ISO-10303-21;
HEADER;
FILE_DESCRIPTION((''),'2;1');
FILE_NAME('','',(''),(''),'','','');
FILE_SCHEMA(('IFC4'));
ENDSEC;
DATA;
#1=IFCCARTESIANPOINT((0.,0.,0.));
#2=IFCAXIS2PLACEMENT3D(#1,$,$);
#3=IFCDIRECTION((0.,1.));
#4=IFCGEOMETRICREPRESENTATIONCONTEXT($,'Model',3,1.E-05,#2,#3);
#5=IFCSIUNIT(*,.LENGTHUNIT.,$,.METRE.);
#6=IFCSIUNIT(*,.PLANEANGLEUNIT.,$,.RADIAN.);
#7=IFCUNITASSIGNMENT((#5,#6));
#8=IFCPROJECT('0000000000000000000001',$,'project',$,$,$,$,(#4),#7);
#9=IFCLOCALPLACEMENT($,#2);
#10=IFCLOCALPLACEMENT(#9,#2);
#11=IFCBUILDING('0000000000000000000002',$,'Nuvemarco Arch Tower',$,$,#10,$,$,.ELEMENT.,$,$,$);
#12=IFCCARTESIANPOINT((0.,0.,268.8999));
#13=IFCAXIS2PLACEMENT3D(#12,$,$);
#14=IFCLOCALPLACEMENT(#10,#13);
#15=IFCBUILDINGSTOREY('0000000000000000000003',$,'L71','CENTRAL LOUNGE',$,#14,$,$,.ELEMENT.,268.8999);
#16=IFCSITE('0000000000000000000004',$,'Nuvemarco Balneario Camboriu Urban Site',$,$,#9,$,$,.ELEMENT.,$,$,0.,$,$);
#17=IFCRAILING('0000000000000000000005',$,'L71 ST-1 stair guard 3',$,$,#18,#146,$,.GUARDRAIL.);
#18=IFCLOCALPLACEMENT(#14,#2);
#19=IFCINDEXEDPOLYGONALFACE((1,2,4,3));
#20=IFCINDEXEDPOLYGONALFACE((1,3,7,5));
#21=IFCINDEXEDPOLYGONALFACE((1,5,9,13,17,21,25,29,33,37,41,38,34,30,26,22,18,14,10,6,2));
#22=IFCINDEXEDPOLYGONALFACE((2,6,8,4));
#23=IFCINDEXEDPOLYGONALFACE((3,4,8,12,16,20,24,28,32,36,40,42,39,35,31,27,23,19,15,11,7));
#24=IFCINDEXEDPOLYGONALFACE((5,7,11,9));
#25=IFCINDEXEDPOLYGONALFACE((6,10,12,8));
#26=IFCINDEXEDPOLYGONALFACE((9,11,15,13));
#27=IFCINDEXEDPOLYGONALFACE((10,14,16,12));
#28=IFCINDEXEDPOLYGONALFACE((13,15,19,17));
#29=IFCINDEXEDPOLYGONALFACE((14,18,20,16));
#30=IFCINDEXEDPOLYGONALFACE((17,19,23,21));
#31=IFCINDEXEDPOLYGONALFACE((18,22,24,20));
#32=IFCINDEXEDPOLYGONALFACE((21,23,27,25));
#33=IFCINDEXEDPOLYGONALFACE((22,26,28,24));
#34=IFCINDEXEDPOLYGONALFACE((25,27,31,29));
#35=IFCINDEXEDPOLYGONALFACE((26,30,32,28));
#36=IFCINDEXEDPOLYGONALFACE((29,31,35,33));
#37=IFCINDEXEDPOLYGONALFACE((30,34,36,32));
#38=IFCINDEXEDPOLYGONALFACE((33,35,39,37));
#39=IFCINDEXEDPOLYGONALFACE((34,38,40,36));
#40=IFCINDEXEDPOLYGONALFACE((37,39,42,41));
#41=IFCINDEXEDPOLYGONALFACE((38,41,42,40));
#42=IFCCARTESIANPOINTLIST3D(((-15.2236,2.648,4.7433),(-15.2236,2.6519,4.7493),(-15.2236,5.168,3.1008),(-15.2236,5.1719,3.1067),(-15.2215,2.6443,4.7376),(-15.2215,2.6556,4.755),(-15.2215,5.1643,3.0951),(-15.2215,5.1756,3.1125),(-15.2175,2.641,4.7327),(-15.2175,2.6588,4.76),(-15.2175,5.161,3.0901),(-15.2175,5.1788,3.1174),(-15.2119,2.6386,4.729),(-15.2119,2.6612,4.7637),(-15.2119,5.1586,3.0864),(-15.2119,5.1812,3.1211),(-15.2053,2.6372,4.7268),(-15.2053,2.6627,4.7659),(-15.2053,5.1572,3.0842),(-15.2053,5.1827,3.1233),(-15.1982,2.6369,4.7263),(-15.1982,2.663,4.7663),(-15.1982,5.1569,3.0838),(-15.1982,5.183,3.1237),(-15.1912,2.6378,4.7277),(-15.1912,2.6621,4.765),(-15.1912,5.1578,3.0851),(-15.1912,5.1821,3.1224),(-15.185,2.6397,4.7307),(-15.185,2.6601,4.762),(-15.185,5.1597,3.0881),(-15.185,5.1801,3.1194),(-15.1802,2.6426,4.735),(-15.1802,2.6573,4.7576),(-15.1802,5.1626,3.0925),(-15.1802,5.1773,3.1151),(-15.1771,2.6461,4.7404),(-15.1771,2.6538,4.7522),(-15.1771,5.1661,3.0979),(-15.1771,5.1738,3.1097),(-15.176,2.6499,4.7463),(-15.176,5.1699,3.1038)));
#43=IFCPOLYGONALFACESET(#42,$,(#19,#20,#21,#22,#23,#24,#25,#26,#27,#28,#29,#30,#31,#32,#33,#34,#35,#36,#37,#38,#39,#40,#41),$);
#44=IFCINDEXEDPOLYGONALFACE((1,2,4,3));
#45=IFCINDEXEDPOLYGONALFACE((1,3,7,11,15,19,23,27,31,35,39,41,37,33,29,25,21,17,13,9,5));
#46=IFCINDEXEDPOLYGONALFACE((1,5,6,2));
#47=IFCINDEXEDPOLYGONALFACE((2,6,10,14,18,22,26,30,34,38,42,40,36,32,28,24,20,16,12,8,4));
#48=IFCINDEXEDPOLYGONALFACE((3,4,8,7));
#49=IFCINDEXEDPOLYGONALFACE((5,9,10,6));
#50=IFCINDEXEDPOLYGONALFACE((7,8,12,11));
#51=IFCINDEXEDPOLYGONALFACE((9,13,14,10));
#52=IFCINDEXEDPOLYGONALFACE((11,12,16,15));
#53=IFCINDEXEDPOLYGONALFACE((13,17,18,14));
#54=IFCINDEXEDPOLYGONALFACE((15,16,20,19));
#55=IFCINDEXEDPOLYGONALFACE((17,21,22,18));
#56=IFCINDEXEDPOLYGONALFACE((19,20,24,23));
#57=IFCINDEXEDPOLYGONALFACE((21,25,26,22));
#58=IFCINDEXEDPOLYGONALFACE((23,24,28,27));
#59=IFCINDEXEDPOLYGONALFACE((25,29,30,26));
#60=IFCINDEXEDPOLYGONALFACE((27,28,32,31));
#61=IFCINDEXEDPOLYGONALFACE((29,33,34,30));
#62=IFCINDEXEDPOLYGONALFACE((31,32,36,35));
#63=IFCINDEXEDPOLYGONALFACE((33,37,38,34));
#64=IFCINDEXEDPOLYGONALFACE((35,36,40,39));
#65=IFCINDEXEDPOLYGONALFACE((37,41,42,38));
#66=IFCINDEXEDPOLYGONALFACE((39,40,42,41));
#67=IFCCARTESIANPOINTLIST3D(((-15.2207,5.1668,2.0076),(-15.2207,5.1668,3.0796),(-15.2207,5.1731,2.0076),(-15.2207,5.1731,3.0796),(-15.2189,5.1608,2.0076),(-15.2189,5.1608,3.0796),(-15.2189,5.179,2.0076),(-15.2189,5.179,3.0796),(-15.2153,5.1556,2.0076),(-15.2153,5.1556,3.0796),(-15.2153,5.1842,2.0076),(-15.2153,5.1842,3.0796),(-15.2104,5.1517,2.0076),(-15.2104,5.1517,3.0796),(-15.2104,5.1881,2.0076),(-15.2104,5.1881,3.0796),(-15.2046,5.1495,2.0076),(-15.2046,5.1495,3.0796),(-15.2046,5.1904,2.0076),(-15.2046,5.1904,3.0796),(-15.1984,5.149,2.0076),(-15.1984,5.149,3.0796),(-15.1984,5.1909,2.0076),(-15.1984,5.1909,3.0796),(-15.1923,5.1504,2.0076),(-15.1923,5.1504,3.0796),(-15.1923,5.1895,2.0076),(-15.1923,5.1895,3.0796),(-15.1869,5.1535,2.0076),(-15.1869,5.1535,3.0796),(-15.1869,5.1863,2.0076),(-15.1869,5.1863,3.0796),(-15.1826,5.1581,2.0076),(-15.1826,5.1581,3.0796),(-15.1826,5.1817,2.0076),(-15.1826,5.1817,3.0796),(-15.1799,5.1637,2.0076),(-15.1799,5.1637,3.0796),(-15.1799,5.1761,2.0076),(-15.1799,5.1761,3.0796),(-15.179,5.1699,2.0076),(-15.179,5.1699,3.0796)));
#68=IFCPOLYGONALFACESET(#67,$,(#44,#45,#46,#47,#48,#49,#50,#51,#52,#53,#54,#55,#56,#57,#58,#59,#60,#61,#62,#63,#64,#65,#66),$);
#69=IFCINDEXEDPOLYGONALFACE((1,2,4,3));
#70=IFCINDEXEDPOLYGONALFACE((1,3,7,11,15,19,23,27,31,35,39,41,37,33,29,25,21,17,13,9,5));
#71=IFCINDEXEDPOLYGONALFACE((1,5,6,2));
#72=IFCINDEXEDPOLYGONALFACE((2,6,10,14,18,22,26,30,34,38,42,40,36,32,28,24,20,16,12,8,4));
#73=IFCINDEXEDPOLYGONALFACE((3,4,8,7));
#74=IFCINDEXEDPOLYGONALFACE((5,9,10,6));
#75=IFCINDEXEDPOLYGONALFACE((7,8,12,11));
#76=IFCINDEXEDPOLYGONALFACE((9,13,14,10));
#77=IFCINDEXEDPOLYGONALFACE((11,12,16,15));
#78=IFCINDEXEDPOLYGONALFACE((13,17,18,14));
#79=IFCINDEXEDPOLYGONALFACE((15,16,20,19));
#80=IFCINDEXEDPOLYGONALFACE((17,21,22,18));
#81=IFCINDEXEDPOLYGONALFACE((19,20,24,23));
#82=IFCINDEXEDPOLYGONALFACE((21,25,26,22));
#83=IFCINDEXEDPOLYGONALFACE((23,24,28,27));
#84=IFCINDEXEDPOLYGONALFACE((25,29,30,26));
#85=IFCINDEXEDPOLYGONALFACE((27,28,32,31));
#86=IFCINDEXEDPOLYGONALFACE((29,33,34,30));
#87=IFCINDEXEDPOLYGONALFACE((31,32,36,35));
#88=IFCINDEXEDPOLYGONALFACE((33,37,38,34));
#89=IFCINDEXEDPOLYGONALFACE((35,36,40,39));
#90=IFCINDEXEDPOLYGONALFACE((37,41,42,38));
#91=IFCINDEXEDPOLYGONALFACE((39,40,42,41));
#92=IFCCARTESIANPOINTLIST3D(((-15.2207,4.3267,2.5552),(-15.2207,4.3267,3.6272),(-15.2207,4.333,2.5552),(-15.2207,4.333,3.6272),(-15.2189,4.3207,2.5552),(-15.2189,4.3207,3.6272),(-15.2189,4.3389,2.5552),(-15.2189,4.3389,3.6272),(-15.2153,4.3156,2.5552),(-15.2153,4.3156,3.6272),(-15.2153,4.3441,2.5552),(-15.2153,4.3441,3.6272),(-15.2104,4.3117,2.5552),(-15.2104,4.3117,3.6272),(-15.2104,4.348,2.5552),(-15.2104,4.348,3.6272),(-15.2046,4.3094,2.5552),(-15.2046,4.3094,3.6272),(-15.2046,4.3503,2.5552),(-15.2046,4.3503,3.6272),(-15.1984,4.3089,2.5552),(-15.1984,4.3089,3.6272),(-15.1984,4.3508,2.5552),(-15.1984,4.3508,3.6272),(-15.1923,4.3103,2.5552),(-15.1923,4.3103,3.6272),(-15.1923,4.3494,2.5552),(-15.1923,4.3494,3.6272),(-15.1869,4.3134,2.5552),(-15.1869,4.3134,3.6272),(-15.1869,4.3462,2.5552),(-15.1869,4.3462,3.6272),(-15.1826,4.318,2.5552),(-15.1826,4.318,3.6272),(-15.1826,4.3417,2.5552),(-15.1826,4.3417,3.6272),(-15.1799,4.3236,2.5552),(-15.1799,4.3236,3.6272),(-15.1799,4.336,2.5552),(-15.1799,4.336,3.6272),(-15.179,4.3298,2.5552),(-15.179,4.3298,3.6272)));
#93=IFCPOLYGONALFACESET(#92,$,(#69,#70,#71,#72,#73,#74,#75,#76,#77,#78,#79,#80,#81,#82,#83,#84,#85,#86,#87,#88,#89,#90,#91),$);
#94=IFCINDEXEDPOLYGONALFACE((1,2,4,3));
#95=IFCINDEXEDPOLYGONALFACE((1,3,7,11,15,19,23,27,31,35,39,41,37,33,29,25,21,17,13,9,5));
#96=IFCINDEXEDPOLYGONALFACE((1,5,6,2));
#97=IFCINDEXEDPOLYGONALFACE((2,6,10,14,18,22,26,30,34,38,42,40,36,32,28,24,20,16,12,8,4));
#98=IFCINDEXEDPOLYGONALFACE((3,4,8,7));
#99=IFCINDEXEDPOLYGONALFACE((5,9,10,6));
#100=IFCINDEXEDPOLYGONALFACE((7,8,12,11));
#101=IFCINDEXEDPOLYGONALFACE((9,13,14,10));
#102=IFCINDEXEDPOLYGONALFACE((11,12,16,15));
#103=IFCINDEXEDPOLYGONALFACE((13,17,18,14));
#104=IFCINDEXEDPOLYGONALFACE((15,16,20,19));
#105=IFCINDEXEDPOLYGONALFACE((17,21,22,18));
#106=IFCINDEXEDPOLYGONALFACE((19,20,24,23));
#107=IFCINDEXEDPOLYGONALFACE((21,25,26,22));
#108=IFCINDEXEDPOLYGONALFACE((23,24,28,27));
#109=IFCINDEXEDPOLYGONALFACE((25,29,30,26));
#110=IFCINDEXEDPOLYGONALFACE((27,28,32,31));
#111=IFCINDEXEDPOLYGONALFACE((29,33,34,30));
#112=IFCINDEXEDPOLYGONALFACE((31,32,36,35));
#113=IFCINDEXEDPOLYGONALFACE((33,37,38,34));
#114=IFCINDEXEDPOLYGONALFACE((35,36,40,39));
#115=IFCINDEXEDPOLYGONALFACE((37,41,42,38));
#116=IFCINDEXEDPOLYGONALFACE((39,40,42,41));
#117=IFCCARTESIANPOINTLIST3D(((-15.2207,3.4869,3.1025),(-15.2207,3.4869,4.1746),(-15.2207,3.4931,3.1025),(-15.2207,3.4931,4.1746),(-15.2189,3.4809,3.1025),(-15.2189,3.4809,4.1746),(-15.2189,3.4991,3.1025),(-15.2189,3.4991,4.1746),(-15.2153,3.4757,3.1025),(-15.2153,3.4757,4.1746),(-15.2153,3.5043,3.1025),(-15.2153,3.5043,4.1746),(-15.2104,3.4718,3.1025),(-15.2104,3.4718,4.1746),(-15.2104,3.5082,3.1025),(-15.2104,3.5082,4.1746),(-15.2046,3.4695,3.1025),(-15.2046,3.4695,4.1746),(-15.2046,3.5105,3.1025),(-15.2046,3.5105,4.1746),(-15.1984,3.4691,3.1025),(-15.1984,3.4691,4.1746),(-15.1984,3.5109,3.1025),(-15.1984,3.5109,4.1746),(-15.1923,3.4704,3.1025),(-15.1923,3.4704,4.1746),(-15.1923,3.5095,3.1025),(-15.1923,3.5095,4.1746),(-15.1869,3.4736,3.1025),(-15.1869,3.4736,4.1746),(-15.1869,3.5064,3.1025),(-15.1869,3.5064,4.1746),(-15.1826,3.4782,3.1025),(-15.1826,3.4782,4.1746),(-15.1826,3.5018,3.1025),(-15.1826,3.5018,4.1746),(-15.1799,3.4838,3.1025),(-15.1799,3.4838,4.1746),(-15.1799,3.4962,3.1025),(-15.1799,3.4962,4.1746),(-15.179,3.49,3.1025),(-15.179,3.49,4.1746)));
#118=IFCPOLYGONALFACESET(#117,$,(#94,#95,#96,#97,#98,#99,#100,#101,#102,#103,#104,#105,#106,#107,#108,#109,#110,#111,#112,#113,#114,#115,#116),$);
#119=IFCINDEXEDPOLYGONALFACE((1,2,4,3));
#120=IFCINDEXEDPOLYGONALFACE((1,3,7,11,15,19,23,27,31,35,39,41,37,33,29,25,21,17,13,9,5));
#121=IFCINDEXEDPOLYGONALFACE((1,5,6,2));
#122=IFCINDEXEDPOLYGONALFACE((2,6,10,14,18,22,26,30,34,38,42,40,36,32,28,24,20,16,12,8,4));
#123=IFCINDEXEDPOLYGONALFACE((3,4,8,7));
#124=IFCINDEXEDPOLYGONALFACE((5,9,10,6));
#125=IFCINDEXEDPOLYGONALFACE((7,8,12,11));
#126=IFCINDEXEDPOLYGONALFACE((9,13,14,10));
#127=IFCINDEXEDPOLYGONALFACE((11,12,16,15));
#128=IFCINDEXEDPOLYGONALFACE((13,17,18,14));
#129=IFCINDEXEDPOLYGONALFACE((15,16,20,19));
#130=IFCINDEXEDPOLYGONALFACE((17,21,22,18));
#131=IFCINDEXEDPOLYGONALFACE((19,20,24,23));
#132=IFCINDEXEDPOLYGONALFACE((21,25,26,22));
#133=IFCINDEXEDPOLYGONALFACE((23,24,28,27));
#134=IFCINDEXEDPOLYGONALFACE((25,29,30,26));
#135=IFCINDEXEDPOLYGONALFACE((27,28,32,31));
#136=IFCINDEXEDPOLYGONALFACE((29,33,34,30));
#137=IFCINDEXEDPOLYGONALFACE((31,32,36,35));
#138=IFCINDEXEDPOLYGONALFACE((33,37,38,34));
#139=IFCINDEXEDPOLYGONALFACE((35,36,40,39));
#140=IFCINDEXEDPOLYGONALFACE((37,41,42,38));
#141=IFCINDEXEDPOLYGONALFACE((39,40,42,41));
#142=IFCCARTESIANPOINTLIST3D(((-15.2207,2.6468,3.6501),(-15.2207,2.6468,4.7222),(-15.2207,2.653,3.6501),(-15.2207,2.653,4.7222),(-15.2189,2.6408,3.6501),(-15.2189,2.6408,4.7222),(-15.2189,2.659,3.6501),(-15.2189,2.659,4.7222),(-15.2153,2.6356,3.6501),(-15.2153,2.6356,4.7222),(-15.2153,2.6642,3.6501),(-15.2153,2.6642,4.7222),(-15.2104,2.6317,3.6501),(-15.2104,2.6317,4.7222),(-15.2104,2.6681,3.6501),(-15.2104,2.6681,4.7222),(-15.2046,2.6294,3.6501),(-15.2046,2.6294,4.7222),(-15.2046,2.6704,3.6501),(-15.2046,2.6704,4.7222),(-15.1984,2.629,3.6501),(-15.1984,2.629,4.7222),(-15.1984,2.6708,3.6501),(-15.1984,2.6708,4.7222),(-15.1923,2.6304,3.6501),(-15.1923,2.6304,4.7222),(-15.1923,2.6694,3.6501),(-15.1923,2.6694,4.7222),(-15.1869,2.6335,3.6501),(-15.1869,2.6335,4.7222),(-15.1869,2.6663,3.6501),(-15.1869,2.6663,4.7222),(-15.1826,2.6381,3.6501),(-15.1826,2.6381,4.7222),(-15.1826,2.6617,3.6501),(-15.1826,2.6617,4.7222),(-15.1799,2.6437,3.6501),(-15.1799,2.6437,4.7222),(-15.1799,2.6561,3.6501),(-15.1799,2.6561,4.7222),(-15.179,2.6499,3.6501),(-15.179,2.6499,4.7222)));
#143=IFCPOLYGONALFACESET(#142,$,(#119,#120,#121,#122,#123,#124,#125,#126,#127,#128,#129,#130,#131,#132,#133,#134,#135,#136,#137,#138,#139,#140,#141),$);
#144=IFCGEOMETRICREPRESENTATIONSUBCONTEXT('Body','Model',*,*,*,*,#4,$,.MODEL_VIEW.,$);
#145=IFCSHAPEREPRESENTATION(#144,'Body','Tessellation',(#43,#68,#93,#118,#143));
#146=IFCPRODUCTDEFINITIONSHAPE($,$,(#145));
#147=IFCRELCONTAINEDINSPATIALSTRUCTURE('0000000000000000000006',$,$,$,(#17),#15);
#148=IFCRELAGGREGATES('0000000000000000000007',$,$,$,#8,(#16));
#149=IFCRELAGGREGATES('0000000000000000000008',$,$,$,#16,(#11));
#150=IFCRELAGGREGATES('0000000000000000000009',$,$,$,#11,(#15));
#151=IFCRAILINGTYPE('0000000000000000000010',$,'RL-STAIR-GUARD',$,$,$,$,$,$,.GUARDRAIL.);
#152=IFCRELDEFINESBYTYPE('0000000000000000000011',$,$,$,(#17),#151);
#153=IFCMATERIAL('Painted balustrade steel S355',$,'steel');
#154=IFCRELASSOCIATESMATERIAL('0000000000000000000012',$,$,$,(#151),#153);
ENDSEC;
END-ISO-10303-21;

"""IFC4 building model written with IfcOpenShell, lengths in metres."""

from ifc_helpers import new_model, si_unit, direction, frame, origin, origin_2d, place, context, subcontext, project, spatial, circle, extrude, material, type_object, element, save


model = new_model("IFC4")

# Units and contexts
model_context = context("Model", 3, precision=1e-05, world=origin(), true_north=direction((0.0, 1.0)))
body_context = subcontext(model_context, "Body", "Model", "MODEL_VIEW")
ifc_project = project(units=[si_unit("LENGTHUNIT", "METRE"), si_unit("PLANEANGLEUNIT", "RADIAN")], contexts=[model_context])

# Site, building, storey
site_placement = place(None, origin())
site = spatial("IfcSite", under=ifc_project, at=site_placement, Name="Nuvemarco Balneario Camboriu Urban Site", CompositionType="ELEMENT", RefElevation=0.0)
building_placement = place(site_placement, origin())
building = spatial("IfcBuilding", under=site, at=building_placement, Name="Nuvemarco Arch Tower", CompositionType="ELEMENT")
storey_placement = place(building_placement, frame((0.0, 0.0, 268.8999)))
storey = spatial("IfcBuildingStorey", under=building, at=storey_placement, Name="L71", Description="CENTRAL LOUNGE", CompositionType="ELEMENT", Elevation=268.8999)

# Railing
ifc_material_1 = material(Name="Painted balustrade steel S355", Category="steel")
railing_type_1 = type_object("IfcRailingType", Name="RL-STAIR-GUARD", PredefinedType="GUARDRAIL", material=ifc_material_1)
railing_1_placement = place(storey_placement, frame((-15.2, 5.1699, 2.0076)))
element("IfcRailing", 1, at=railing_1_placement, inside=storey, type_object=railing_type_1, Name="L71 ST-1 stair guard 3", PredefinedType="GUARDRAIL", context=body_context, shape_type="SweptSolid", body=[
    extrude(circle(Radius=0.0239, at=origin_2d()), frame((0.0, 0.0, 1.0962), z_axis=(0.0, -0.837749, 0.546055), x_axis=(1.0, 0.0, 0.0)), (0.0, 0.0, 1.0), 3.0081),
    extrude(circle(Radius=0.021, at=origin_2d()), origin(), (0.0, 0.0, 1.0), 1.072),
    extrude(circle(Radius=0.021, at=origin_2d()), frame((0.0, -0.8401, 0.5476)), (0.0, 0.0, 1.0), 1.072),
    extrude(circle(Radius=0.021, at=origin_2d()), frame((0.0, -1.6799, 1.095)), (0.0, 0.0, 1.0), 1.072),
    extrude(circle(Radius=0.021, at=origin_2d()), frame((0.0, -2.52, 1.6426)), (0.0, 0.0, 1.0), 1.072),
])

save(model, "model.ifc")
